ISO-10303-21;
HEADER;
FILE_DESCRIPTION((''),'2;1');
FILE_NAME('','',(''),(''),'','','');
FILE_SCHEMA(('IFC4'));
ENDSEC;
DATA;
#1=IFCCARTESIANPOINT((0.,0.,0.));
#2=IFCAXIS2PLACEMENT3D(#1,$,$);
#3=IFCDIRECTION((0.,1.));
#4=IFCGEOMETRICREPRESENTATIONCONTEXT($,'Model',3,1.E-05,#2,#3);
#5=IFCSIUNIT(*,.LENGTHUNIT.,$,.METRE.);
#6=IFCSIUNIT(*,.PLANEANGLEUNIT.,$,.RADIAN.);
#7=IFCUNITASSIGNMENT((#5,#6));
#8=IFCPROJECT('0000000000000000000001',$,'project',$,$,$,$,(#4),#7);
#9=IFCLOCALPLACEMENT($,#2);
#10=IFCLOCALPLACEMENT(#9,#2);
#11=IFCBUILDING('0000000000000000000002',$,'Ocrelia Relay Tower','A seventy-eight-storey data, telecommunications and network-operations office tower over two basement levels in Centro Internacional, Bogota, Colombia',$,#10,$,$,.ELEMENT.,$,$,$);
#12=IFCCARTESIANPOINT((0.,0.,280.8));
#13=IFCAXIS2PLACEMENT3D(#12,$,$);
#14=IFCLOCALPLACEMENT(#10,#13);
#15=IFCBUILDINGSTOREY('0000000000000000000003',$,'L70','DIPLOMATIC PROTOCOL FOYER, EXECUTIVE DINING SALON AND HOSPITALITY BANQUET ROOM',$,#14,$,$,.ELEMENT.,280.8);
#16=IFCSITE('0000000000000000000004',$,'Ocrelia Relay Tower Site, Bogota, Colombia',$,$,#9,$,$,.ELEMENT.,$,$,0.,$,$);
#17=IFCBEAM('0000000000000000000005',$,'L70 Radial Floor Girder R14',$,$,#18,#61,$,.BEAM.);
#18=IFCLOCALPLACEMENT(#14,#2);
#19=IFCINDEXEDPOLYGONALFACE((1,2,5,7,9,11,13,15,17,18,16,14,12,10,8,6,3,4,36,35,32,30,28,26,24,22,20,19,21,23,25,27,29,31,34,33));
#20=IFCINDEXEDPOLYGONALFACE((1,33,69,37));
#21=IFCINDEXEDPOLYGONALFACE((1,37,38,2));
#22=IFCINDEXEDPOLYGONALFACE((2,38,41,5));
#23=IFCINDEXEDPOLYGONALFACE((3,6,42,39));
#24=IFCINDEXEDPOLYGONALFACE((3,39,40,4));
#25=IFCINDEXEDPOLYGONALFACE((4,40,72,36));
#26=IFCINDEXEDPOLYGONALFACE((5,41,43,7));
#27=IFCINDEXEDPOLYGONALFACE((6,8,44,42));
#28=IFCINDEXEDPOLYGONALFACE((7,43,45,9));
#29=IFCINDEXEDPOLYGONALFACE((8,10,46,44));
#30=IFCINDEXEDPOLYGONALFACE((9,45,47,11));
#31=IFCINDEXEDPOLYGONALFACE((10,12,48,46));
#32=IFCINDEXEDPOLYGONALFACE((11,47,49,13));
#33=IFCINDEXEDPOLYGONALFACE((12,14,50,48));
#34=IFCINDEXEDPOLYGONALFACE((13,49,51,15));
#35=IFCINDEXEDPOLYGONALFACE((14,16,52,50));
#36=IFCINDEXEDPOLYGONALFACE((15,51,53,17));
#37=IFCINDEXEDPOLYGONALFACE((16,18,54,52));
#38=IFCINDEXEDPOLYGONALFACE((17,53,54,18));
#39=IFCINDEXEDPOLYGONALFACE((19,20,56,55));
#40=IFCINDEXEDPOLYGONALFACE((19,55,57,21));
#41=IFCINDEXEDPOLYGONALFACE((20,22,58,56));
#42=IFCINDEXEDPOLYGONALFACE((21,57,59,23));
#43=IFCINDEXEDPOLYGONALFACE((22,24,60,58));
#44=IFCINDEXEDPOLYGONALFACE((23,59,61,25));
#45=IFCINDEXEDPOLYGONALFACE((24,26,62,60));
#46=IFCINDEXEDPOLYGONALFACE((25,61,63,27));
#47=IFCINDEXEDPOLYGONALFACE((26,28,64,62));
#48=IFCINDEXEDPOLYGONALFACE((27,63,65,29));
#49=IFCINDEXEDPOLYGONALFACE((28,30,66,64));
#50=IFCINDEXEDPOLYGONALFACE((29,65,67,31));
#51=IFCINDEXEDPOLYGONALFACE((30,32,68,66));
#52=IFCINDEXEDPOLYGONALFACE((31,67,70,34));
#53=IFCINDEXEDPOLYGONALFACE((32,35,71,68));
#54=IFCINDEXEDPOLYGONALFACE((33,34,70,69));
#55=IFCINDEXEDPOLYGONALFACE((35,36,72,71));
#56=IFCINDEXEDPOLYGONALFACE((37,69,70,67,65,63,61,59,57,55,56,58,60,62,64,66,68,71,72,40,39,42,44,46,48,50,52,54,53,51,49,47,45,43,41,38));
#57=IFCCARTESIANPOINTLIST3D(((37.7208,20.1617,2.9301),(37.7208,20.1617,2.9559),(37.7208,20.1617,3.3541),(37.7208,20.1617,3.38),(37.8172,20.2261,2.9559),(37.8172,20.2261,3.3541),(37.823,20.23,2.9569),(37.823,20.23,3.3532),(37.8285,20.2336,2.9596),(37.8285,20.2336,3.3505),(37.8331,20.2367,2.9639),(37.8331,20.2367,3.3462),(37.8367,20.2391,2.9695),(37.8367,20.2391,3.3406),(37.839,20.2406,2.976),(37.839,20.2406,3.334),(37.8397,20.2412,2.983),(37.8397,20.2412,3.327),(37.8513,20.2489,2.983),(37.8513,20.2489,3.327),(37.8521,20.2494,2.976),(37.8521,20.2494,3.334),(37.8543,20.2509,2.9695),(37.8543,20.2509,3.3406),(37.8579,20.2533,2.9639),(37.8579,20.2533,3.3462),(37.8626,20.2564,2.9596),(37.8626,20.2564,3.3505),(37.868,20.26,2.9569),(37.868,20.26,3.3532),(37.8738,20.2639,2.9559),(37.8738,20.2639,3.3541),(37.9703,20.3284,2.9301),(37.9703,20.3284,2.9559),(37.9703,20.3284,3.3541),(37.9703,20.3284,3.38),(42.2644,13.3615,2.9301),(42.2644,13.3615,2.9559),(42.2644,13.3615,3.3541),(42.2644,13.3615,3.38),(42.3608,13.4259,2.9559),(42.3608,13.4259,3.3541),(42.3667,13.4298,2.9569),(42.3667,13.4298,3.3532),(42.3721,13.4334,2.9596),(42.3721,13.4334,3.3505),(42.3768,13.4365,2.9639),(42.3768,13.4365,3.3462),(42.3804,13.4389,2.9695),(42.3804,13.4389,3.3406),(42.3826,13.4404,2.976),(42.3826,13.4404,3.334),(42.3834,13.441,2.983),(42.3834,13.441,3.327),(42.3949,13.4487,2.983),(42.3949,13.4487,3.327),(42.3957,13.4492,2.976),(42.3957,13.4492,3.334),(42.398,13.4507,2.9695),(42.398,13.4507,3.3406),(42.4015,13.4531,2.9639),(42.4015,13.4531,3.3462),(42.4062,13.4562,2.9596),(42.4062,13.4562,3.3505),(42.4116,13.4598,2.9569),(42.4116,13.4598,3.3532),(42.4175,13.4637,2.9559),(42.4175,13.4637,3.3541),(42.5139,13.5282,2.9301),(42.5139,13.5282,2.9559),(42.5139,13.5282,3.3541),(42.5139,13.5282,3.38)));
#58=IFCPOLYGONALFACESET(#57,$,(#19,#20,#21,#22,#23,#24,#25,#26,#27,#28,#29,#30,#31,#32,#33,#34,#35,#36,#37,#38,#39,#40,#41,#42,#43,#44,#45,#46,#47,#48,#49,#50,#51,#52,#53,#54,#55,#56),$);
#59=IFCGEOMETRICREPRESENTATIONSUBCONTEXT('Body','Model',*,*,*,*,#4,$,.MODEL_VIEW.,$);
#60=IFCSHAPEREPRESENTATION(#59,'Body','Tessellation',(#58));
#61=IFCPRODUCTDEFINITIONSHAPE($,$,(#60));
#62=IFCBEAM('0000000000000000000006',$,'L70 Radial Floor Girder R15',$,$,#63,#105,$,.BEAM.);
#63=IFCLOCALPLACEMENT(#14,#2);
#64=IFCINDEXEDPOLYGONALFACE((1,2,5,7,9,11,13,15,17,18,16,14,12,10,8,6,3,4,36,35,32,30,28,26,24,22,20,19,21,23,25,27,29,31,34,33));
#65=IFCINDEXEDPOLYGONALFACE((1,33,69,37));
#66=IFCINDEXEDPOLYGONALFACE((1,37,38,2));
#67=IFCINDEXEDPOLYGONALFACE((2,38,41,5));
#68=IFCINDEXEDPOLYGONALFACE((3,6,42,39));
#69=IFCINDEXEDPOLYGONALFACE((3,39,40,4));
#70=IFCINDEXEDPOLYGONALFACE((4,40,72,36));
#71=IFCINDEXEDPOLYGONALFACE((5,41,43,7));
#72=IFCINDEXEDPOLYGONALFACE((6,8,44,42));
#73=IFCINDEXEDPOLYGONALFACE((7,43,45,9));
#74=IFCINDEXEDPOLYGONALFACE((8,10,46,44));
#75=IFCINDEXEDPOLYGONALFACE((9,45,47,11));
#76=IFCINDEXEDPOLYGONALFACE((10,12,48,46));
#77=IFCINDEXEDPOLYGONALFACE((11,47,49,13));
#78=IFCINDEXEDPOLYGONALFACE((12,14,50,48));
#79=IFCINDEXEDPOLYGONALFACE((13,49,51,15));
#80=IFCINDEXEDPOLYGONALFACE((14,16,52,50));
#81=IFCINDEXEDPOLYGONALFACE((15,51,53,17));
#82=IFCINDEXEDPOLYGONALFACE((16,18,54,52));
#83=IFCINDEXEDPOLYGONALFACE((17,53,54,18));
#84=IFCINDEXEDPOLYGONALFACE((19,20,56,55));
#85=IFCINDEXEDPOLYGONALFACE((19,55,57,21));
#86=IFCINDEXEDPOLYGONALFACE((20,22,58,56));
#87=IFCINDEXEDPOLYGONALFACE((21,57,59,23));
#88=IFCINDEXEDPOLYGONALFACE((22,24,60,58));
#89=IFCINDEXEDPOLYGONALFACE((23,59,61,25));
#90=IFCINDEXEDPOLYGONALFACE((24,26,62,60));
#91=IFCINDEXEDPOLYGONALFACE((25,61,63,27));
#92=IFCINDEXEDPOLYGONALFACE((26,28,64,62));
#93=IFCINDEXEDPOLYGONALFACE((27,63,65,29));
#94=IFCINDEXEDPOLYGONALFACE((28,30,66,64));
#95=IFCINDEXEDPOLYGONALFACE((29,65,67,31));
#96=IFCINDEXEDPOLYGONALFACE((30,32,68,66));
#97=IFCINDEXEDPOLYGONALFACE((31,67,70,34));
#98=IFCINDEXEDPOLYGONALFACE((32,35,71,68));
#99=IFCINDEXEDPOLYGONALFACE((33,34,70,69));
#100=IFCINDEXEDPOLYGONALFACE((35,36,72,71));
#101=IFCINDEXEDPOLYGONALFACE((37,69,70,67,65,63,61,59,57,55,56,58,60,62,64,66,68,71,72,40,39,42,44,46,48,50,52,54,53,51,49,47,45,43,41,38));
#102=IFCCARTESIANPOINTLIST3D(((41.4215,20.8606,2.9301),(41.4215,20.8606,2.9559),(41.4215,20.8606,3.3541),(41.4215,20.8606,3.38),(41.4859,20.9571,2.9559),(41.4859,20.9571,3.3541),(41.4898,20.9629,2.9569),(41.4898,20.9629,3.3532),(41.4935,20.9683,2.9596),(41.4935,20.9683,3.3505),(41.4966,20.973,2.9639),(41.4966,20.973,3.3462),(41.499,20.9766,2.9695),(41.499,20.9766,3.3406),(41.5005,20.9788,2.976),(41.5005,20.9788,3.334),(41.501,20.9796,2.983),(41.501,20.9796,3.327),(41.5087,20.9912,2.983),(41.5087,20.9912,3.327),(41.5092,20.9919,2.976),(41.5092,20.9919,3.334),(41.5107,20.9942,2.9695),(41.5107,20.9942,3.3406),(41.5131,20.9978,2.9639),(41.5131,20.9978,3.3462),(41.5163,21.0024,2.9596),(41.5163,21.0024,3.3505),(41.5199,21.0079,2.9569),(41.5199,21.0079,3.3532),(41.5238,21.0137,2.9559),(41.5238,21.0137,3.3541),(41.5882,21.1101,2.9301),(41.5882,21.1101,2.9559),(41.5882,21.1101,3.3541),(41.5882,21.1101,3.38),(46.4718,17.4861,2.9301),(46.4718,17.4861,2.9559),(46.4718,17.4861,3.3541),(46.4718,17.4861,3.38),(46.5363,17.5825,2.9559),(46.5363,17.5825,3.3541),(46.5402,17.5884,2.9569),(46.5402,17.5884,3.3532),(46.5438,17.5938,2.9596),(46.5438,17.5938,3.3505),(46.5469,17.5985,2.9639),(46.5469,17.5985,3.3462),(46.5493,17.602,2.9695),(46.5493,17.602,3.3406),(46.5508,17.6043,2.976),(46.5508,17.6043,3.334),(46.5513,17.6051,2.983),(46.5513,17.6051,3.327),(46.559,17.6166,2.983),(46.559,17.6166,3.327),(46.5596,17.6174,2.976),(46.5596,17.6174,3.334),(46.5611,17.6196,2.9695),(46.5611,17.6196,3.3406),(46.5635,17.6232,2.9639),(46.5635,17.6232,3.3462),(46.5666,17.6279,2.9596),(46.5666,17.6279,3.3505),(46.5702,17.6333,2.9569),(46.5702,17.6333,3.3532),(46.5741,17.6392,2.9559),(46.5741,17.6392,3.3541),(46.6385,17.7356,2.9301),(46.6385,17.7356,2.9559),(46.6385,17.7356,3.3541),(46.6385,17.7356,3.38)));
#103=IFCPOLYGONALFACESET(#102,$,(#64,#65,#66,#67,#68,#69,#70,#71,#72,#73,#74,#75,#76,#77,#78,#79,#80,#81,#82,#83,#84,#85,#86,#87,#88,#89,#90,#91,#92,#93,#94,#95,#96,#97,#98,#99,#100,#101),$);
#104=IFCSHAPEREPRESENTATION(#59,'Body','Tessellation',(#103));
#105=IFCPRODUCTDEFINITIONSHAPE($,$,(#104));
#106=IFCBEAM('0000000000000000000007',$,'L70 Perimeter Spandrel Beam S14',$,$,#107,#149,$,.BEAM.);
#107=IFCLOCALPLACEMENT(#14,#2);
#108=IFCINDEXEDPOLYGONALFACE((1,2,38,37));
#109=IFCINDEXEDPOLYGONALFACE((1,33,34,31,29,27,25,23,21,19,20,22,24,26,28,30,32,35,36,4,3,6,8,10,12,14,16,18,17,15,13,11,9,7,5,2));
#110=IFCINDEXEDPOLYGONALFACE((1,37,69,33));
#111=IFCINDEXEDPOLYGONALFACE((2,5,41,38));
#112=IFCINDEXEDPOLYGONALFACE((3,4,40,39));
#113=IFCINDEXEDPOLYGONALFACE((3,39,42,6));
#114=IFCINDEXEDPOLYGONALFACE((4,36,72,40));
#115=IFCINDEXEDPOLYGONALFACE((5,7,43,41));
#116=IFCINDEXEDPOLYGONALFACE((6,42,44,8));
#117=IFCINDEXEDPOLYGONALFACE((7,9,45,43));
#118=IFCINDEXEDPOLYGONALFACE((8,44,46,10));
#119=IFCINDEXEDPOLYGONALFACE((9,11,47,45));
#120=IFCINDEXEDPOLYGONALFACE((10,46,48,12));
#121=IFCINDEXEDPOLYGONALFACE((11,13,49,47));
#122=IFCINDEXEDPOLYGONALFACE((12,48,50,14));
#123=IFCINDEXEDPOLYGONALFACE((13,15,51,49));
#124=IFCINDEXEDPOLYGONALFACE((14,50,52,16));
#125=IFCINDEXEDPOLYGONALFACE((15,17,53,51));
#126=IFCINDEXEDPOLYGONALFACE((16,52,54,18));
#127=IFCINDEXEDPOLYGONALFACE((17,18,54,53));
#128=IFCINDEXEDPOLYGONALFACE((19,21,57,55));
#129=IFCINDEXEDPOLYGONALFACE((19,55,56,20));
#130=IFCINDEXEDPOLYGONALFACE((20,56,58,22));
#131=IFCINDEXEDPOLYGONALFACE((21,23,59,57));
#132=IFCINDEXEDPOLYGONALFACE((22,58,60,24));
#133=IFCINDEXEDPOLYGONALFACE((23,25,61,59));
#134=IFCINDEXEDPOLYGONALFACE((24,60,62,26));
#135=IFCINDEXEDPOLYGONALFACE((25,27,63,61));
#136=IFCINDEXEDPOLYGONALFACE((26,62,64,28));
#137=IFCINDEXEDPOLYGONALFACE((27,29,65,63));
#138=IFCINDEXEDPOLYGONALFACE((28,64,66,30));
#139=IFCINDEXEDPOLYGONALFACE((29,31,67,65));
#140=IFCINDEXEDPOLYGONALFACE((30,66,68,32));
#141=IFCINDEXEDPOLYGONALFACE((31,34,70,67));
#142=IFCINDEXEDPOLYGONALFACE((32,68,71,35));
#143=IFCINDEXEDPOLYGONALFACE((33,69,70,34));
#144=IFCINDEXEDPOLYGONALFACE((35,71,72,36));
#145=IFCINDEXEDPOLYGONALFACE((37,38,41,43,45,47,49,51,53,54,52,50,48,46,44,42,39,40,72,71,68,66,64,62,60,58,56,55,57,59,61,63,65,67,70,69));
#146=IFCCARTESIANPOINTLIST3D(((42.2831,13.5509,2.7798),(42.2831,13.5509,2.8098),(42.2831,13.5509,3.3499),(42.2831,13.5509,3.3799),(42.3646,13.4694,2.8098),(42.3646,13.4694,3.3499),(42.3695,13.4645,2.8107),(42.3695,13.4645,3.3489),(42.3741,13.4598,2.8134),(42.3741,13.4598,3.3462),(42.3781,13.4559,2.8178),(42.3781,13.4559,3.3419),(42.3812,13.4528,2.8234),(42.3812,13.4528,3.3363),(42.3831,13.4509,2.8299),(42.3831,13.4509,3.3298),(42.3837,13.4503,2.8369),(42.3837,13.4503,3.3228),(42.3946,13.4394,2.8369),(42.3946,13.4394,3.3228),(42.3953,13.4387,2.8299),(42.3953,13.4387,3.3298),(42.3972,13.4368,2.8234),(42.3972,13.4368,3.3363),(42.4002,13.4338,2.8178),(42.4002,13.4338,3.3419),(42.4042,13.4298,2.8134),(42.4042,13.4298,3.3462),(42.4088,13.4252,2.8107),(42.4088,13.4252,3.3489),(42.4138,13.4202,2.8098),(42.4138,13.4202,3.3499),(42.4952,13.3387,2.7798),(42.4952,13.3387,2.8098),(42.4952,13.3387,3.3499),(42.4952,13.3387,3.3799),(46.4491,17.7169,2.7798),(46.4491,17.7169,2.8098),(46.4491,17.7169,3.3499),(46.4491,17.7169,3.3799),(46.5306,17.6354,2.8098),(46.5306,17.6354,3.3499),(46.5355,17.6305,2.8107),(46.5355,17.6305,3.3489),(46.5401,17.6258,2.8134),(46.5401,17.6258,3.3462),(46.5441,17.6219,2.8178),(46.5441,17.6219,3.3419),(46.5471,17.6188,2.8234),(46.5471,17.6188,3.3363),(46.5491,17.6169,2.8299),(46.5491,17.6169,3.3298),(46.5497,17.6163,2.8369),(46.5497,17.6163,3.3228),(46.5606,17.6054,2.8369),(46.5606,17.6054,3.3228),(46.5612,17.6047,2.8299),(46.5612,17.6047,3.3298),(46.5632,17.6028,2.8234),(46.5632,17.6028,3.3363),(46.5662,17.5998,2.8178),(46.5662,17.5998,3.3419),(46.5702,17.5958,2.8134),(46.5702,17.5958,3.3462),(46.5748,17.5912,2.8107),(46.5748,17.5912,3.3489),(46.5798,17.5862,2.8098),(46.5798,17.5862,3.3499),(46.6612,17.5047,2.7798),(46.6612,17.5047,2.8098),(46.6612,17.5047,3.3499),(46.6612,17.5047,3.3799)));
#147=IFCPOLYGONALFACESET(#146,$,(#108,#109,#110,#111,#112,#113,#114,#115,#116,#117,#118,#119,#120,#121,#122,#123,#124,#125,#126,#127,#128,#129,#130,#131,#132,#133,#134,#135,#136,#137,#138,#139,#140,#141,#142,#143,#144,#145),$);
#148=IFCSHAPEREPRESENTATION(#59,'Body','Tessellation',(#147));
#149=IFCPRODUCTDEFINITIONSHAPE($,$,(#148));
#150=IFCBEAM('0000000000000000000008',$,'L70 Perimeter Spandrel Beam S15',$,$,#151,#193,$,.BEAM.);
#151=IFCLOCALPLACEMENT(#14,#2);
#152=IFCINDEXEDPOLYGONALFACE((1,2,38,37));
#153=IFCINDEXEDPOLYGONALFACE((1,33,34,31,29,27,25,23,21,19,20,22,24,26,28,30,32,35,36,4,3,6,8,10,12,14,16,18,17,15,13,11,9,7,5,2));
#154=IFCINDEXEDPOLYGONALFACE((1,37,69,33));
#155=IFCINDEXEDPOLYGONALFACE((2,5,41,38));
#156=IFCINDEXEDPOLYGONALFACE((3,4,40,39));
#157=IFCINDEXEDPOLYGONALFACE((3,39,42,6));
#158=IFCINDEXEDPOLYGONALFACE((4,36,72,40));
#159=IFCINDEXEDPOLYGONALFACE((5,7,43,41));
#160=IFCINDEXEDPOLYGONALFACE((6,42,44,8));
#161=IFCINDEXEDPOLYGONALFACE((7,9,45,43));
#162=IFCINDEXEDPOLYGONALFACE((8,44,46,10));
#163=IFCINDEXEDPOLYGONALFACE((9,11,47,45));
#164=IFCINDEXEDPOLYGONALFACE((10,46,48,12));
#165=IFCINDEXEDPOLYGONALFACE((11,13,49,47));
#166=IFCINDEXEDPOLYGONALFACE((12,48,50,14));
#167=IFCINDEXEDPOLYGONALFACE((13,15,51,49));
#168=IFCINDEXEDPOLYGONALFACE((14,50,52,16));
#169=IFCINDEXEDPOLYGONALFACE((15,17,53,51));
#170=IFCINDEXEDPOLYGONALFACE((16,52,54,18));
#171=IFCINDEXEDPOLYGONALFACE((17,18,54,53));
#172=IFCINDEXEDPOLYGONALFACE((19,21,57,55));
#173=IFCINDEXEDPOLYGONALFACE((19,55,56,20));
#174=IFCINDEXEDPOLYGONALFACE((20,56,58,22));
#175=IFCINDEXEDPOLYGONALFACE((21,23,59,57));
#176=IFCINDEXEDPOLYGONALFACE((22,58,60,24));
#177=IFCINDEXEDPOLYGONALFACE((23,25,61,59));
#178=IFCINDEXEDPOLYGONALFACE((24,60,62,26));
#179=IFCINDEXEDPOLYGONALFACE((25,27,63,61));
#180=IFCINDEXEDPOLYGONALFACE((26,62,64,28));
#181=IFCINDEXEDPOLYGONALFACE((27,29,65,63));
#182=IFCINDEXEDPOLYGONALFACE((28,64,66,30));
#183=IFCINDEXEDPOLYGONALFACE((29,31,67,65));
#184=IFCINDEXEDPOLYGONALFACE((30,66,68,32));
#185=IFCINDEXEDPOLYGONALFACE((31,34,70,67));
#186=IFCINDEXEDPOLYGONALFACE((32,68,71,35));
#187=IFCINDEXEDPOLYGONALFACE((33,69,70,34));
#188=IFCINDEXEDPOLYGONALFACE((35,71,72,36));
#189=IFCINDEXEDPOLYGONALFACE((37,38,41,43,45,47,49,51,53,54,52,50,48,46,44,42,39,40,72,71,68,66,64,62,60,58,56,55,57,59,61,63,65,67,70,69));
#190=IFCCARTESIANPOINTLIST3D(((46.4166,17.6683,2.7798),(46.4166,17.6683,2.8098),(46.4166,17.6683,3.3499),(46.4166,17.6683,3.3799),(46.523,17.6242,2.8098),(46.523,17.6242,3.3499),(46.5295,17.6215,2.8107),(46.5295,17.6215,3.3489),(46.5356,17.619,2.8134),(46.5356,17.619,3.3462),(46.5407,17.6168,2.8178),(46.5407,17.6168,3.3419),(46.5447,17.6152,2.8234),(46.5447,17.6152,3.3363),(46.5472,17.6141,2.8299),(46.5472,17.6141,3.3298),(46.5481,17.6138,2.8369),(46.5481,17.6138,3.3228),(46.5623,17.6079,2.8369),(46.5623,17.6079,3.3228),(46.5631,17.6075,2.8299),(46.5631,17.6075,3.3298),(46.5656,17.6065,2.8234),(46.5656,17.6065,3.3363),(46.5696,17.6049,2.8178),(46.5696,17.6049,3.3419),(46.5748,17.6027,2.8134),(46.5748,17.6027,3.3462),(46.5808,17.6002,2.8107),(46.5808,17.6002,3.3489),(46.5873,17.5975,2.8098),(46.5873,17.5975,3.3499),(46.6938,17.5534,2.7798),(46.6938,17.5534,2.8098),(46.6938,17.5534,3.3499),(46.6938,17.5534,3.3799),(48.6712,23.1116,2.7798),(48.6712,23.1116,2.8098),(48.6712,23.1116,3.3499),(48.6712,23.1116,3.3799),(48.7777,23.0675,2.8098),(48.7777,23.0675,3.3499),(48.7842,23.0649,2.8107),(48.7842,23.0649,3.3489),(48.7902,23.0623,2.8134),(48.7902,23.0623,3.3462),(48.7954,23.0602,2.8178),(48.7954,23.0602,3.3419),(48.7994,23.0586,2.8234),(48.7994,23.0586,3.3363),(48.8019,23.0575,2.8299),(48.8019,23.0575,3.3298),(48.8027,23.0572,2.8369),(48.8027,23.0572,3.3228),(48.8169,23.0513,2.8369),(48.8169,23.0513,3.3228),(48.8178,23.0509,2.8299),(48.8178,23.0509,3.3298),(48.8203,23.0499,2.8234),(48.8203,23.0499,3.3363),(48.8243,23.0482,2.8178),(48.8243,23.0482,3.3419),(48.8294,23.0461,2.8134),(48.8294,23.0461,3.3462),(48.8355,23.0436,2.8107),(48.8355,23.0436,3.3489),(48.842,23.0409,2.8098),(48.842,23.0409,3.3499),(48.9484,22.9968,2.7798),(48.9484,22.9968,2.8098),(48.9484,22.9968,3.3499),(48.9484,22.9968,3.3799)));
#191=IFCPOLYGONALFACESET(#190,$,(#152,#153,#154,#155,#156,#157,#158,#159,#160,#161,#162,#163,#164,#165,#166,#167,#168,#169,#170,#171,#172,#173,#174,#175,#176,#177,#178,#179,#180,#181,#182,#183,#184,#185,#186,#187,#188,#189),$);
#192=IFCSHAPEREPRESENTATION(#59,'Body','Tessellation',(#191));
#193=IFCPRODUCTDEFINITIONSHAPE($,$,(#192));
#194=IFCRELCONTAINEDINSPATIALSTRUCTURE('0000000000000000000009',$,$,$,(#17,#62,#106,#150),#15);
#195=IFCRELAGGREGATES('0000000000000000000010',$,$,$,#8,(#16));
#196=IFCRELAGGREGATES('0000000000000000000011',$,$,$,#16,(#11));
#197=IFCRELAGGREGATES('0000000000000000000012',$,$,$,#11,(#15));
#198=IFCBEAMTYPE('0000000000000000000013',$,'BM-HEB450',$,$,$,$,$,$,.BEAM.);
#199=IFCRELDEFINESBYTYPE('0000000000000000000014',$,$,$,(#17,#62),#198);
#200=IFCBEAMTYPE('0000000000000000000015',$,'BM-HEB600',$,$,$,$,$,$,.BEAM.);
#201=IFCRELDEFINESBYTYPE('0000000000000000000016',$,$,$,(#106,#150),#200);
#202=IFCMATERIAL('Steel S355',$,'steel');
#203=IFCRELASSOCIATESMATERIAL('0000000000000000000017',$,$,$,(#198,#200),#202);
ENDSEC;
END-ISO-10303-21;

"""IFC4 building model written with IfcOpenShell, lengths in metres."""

from ifc_helpers import new_model, si_unit, direction, frame, origin, origin_2d, place, context, subcontext, project, spatial, i_section, extrude, material, material_profile, profile_set, type_object, element, save


model = new_model("IFC4")

# Units and contexts
model_context = context("Model", 3, precision=1e-05, world=origin(), true_north=direction((0.0, 1.0)))
body_context = subcontext(model_context, "Body", "Model", "MODEL_VIEW")
ifc_project = project(units=[si_unit("LENGTHUNIT", "METRE"), si_unit("PLANEANGLEUNIT", "RADIAN")], contexts=[model_context])

# Site, building, storey
site_placement = place(None, origin())
site = spatial("IfcSite", under=ifc_project, at=site_placement, Name="Ocrelia Relay Tower Site, Bogota, Colombia", CompositionType="ELEMENT", RefElevation=0.0)
building_placement = place(site_placement, origin())
building = spatial("IfcBuilding", under=site, at=building_placement, Name="Ocrelia Relay Tower", Description="A seventy-eight-storey data, telecommunications and network-operations office tower over two basement levels in Centro Internacional, Bogota, Colombia", CompositionType="ELEMENT")
storey_placement = place(building_placement, frame((0.0, 0.0, 280.8)))
storey = spatial("IfcBuildingStorey", under=building, at=storey_placement, Name="L70", Description="DIPLOMATIC PROTOCOL FOYER, EXECUTIVE DINING SALON AND HOSPITALITY BANQUET ROOM", CompositionType="ELEMENT", Elevation=280.8)

# Beams
ifc_material_1 = material(Name="Steel S355", Category="steel")
ifc_material_profile_1 = material_profile(ifc_material_1, i_section(OverallWidth=0.3, OverallDepth=0.45, WebThickness=0.0139, FlangeThickness=0.0259, FilletRadius=0.0271, at=origin_2d()), Name="HEB 450")
ifc_profile_set_1 = profile_set([ifc_material_profile_1], Name="Steel S355")
beam_type_1 = type_object("IfcBeamType", Name="BM-HEB450", PredefinedType="BEAM", material=ifc_profile_set_1)
beam_1_placement = place(storey_placement, frame((42.3892, 13.4448, 3.155), z_axis=(-0.555561, 0.831476, 0.0), x_axis=(-0.831476, -0.555561, 0.0)))
element("IfcBeam", 1, at=beam_1_placement, inside=storey, type_object=beam_type_1, Name="L70 Radial Floor Girder R14", PredefinedType="BEAM", context=body_context, shape_type="SweptSolid", body=[
    extrude(i_section(OverallWidth=0.3, OverallDepth=0.45, WebThickness=0.0139, FlangeThickness=0.0259, FilletRadius=0.0271, at=origin_2d()), origin(), (0.0, 0.0, 1.0), 8.1785),
])
beam_2_placement = place(storey_placement, frame((46.5552, 17.6108, 3.155), z_axis=(-0.831469, 0.555572, 0.0), x_axis=(-0.555572, -0.831469, 0.0)))
element("IfcBeam", 2, at=beam_2_placement, inside=storey, type_object=beam_type_1, Name="L70 Radial Floor Girder R15", PredefinedType="BEAM", context=body_context, shape_type="SweptSolid", body=[
    extrude(i_section(OverallWidth=0.3, OverallDepth=0.45, WebThickness=0.0139, FlangeThickness=0.0259, FilletRadius=0.0271, at=origin_2d()), origin(), (0.0, 0.0, 1.0), 6.074),
])
ifc_material_profile_2 = material_profile(ifc_material_1, i_section(OverallWidth=0.3, OverallDepth=0.6001, WebThickness=0.0154, FlangeThickness=0.03, FilletRadius=0.0271, at=origin_2d()), Name="HEB 600")
ifc_profile_set_2 = profile_set([ifc_material_profile_2], Name="Steel S355")
beam_type_2 = type_object("IfcBeamType", Name="BM-HEB600", PredefinedType="BEAM", material=ifc_profile_set_2)
beam_3_placement = place(storey_placement, frame((42.3892, 13.4448, 3.0798), z_axis=(0.707107, 0.707107, 0.0), x_axis=(-0.707107, 0.707107, 0.0)))
element("IfcBeam", 3, at=beam_3_placement, inside=storey, type_object=beam_type_2, Name="L70 Perimeter Spandrel Beam S14", PredefinedType="BEAM", context=body_context, shape_type="SweptSolid", body=[
    extrude(i_section(OverallWidth=0.3, OverallDepth=0.6001, WebThickness=0.0154, FlangeThickness=0.03, FilletRadius=0.0271, at=origin_2d()), origin(), (0.0, 0.0, 1.0), 5.8916),
])
beam_4_placement = place(storey_placement, frame((46.5552, 17.6108, 3.0798), z_axis=(0.382673, 0.923884, 0.0), x_axis=(-0.923884, 0.382673, 0.0)))
element("IfcBeam", 4, at=beam_4_placement, inside=storey, type_object=beam_type_2, Name="L70 Perimeter Spandrel Beam S15", PredefinedType="BEAM", context=body_context, shape_type="SweptSolid", body=[
    extrude(i_section(OverallWidth=0.3, OverallDepth=0.6001, WebThickness=0.0154, FlangeThickness=0.03, FilletRadius=0.0271, at=origin_2d()), origin(), (0.0, 0.0, 1.0), 5.8918),
])

save(model, "model.ifc")
